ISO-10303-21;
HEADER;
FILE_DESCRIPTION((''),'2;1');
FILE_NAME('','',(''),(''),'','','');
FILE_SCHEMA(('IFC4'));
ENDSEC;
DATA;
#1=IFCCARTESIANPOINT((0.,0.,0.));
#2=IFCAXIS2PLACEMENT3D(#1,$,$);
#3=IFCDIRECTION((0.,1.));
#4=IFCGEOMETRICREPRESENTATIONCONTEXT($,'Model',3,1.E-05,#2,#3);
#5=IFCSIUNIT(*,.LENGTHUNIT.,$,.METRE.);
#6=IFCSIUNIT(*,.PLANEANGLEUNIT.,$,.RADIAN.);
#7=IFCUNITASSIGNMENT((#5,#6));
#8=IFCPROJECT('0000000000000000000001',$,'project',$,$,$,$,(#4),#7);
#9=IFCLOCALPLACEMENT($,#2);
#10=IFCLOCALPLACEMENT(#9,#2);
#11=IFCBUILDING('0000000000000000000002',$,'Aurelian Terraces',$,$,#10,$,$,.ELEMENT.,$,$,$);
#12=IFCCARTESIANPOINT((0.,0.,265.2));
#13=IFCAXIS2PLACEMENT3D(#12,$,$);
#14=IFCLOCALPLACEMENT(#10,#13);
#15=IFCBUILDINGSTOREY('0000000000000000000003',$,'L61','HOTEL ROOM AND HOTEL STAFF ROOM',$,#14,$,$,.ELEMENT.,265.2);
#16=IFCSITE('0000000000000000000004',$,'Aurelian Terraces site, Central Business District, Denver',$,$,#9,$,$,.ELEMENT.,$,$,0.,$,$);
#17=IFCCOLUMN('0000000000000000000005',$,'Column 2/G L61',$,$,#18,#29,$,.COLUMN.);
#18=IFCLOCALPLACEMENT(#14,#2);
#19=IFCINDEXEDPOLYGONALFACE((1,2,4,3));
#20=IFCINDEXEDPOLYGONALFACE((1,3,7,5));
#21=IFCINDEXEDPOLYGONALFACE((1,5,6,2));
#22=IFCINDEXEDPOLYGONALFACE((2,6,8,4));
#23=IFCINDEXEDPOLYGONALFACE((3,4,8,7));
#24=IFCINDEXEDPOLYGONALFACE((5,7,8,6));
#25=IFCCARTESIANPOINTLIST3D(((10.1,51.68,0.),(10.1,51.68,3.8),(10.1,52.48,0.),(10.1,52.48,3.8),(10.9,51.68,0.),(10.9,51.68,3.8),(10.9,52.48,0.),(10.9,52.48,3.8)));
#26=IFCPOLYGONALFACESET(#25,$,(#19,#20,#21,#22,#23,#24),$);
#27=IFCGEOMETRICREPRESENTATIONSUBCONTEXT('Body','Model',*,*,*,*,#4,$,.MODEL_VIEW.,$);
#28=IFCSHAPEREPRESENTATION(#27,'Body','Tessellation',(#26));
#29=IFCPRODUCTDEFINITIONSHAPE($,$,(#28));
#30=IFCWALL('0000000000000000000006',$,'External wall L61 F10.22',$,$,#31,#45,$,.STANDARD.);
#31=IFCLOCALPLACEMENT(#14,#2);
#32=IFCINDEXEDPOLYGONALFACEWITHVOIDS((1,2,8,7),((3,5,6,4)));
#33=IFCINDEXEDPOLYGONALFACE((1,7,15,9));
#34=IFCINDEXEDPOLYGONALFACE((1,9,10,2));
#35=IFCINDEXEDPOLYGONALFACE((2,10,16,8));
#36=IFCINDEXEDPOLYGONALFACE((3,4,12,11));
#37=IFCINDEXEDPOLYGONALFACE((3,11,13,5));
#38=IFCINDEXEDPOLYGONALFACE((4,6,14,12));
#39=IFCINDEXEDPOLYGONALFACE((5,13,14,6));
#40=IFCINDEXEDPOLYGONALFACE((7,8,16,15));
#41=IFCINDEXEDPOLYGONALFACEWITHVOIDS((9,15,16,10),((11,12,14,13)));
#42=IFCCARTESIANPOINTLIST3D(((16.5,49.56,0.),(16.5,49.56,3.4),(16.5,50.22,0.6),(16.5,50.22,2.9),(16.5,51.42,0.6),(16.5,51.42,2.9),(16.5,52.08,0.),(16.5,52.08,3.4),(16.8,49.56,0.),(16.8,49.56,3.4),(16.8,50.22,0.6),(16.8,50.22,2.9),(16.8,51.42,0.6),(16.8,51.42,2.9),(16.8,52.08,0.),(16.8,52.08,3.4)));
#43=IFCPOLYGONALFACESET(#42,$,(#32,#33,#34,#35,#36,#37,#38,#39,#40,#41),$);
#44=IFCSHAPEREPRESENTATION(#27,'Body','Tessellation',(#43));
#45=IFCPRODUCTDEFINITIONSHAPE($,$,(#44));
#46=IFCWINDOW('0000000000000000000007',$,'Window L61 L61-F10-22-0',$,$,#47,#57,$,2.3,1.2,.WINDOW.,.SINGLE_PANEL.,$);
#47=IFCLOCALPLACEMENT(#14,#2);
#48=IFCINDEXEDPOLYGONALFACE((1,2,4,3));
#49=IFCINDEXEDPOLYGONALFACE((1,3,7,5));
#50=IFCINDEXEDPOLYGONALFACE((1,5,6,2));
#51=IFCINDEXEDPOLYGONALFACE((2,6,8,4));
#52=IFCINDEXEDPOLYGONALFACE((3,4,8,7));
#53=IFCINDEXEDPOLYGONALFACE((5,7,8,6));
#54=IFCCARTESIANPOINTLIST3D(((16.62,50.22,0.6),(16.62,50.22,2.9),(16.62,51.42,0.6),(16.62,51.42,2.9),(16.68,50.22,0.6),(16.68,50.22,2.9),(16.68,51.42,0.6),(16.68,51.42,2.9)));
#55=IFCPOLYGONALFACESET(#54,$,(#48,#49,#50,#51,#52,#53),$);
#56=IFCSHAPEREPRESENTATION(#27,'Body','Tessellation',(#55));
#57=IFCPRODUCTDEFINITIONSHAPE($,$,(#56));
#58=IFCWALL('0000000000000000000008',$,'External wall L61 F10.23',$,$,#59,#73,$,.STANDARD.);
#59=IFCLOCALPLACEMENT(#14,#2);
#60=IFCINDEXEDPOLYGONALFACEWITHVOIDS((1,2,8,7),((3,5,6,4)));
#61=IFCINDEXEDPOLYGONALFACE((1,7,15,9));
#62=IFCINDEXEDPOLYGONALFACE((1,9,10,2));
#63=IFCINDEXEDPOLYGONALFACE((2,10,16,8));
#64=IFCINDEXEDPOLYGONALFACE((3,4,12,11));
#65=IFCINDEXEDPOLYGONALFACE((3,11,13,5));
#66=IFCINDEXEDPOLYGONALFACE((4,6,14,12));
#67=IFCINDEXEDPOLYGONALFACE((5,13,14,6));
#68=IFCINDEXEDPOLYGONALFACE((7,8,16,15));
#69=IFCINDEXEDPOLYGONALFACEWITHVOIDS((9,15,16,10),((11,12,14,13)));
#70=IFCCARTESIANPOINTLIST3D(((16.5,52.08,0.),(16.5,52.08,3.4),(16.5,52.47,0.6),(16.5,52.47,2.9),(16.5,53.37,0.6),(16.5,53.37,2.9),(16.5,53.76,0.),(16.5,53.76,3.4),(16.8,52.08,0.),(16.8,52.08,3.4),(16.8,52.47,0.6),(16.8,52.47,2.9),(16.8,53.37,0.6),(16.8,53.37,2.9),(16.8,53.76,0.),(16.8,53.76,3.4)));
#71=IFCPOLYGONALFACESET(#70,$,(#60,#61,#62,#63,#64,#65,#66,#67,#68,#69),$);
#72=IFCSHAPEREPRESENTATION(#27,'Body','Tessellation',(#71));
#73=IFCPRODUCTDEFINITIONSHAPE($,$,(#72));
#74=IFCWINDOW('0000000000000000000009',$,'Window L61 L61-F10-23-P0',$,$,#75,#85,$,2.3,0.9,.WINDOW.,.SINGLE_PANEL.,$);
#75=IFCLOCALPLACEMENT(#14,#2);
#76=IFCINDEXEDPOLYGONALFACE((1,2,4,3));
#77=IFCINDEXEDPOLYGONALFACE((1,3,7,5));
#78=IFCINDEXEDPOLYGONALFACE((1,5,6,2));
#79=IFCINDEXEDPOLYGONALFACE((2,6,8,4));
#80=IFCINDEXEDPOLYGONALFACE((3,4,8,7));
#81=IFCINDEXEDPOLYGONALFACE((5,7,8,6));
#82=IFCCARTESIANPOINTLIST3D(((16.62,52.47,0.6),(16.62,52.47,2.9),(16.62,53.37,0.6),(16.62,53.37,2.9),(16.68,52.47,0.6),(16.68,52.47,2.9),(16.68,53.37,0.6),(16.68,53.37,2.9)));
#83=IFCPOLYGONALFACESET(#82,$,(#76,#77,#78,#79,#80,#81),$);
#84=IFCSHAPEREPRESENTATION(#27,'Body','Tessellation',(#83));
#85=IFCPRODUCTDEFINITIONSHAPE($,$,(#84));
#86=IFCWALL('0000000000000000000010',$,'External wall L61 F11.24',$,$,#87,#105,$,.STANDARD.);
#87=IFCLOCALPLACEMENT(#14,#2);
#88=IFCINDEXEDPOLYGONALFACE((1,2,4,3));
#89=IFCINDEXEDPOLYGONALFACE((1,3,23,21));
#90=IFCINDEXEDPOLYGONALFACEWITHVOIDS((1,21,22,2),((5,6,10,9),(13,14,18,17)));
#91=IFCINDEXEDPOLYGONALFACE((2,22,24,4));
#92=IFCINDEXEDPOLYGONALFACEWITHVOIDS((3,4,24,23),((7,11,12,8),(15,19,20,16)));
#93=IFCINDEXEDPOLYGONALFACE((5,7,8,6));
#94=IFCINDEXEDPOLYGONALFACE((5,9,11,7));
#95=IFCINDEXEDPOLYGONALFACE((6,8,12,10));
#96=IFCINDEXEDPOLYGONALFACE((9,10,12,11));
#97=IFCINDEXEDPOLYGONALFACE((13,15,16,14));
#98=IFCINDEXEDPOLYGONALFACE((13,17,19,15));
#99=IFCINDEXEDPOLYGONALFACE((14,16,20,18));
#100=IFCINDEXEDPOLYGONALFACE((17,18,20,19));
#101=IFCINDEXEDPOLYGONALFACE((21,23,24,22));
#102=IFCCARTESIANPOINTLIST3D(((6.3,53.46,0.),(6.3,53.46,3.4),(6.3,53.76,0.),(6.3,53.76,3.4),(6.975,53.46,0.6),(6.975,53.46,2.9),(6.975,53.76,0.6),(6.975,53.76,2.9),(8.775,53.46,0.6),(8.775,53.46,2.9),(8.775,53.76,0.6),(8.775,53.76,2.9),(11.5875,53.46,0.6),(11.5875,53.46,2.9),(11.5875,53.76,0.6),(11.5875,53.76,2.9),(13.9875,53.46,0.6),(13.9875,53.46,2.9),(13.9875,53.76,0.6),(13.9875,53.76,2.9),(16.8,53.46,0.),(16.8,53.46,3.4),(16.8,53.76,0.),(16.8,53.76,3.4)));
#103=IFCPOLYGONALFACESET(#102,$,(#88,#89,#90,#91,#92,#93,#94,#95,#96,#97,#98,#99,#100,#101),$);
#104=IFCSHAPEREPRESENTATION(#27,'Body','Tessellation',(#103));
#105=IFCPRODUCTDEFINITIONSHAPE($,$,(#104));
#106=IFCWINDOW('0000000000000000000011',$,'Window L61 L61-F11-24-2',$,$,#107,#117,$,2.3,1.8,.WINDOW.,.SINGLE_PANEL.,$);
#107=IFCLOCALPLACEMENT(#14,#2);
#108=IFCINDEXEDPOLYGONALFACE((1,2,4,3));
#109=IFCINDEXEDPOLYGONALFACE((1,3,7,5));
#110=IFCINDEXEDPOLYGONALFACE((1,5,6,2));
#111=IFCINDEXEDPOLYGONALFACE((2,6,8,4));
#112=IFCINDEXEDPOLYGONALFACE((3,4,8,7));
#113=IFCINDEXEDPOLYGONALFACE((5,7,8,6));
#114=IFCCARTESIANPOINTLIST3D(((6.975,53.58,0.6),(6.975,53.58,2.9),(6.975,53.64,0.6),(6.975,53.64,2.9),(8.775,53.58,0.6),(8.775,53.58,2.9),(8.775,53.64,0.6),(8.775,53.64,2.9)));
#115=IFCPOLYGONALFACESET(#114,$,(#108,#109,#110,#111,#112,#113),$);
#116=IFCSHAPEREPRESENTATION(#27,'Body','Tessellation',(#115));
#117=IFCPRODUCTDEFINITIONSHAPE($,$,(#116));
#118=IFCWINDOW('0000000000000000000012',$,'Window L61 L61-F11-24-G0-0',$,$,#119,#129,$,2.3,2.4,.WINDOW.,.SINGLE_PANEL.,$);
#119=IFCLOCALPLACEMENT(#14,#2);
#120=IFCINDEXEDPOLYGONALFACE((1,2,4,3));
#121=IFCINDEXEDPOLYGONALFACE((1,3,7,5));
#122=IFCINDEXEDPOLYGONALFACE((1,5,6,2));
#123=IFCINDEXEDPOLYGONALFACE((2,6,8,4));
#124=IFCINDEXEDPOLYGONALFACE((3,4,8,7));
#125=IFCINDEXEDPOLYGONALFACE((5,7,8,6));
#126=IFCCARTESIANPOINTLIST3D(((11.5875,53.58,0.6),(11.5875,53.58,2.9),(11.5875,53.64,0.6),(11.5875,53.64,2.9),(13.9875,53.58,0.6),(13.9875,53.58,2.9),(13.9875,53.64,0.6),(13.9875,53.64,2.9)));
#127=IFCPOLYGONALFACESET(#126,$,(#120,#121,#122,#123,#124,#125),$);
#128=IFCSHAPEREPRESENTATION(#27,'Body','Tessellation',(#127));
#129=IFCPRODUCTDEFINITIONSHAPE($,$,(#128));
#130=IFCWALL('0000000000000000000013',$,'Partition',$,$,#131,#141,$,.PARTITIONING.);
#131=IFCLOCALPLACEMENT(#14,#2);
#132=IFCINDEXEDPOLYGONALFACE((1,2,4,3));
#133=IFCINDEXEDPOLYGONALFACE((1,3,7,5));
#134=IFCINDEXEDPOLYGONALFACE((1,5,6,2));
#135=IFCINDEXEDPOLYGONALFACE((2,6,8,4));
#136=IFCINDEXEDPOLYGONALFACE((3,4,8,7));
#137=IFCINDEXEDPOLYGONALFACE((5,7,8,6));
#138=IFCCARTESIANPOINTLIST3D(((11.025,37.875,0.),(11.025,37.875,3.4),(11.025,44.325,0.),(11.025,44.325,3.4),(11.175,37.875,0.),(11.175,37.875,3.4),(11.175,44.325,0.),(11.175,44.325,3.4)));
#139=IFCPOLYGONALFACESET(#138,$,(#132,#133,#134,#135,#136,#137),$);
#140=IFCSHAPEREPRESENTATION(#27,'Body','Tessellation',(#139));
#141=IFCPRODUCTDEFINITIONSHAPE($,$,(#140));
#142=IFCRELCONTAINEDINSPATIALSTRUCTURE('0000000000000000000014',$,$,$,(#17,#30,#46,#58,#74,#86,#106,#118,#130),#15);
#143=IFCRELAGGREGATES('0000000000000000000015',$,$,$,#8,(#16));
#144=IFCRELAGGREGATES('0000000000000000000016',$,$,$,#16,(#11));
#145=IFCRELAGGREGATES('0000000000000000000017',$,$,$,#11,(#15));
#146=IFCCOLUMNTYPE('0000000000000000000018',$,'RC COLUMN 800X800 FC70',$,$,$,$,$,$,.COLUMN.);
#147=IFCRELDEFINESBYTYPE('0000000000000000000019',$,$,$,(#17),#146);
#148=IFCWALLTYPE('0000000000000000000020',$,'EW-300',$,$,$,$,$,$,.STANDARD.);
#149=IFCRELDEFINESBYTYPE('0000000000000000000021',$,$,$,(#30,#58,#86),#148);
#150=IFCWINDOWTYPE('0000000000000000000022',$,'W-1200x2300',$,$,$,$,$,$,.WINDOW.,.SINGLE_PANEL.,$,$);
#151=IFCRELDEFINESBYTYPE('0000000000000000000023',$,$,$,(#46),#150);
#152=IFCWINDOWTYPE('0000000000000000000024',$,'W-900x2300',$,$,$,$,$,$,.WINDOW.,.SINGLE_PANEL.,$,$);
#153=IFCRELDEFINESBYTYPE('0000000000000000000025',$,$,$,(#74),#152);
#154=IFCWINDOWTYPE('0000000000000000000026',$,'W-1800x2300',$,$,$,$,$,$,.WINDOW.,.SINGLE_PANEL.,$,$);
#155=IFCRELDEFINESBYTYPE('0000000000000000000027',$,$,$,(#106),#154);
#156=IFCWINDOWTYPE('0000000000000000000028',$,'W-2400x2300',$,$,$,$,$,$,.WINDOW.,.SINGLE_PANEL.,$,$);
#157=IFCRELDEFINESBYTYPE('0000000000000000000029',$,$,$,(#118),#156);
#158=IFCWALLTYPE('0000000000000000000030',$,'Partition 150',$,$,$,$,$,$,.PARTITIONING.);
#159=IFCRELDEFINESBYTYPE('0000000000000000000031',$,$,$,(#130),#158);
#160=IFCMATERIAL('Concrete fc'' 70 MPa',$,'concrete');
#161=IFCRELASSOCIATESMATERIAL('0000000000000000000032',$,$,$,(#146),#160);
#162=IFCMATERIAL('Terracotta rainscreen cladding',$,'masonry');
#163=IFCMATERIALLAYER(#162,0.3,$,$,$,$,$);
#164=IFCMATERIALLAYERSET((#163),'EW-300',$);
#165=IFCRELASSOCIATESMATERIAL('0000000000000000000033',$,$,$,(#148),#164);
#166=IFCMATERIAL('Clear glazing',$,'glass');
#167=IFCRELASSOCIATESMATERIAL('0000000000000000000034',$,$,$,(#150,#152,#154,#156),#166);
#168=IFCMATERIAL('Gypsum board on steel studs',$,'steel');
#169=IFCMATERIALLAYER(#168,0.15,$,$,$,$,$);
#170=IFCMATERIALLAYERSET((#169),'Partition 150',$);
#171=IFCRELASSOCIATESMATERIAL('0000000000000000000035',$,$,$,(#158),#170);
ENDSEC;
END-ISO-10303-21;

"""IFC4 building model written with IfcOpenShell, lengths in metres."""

from ifc_helpers import new_model, si_unit, direction, frame, frame_2d, origin, origin_2d, place, context, subcontext, project, spatial, rectangle, extrude, source, transform, mapped, material, layer, layer_set, material_profile, profile_set, type_object, element, fill, save


model = new_model("IFC4")

# Units and contexts
model_context = context("Model", 3, precision=1e-05, world=origin(), true_north=direction((0.0, 1.0)))
body_context = subcontext(model_context, "Body", "Model", "MODEL_VIEW")
ifc_project = project(units=[si_unit("LENGTHUNIT", "METRE"), si_unit("PLANEANGLEUNIT", "RADIAN")], contexts=[model_context])

# Site, building, storey
site_placement = place(None, origin())
site = spatial("IfcSite", under=ifc_project, at=site_placement, Name="Aurelian Terraces site, Central Business District, Denver", CompositionType="ELEMENT", RefElevation=0.0)
building_placement = place(site_placement, origin())
building = spatial("IfcBuilding", under=site, at=building_placement, Name="Aurelian Terraces", CompositionType="ELEMENT")
storey_placement = place(building_placement, frame((0.0, 0.0, 265.2)))
storey = spatial("IfcBuildingStorey", under=building, at=storey_placement, Name="L61", Description="HOTEL ROOM AND HOTEL STAFF ROOM", CompositionType="ELEMENT", Elevation=265.2)

# Column
ifc_material_1 = material(Name="Concrete fc' 70 MPa", Category="concrete")
ifc_material_profile = material_profile(ifc_material_1, rectangle(XDim=0.8, YDim=0.8, at=origin_2d()))
ifc_profile_set = profile_set([ifc_material_profile], Name="Concrete fc' 70 MPa")
column_type = type_object("IfcColumnType", Name="RC COLUMN 800X800 FC70", PredefinedType="COLUMN", material=ifc_profile_set)
shared_shape_1 = source(origin(), body_context, "Body", "SweptSolid", [
    extrude(rectangle(XDim=0.8, YDim=0.8, at=origin_2d()), origin(), (0.0, 0.0, 1.0), 3.8),
])
column_placement = place(storey_placement, frame((10.5, 52.08, 0.0), z_axis=(0.0, 0.0, 1.0), x_axis=(1.0, 0.0, 0.0)))
element("IfcColumn", 1, at=column_placement, inside=storey, type_object=column_type, Name="Column 2/G L61", PredefinedType="COLUMN", context=body_context, shape_type="MappedRepresentation", body=[
    mapped(shared_shape_1, transform((0.0, 0.0, 0.0), scale=1.0)),
])

# Walls, openings, windows
ifc_material_2 = material(Name="Terracotta rainscreen cladding", Category="masonry")
ifc_layer_1 = layer(ifc_material_2, 0.3)
ifc_layer_set_1 = layer_set([ifc_layer_1], Name="EW-300")
wall_type_1 = type_object("IfcWallType", Name="EW-300", PredefinedType="STANDARD", material=ifc_layer_set_1)
shared_shape_2 = source(origin(), body_context, "Body", "SweptSolid", [
    extrude(rectangle(XDim=2.52, YDim=0.3, at=frame_2d((1.26, 0.0))), origin(), (0.0, 0.0, 1.0), 3.4),
])
wall_1_placement = place(storey_placement, frame((16.65, 49.56, 0.0), z_axis=(0.0, 0.0, 1.0), x_axis=(0.0, 1.0, 0.0)))
wall_1 = element("IfcWall", 2, at=wall_1_placement, inside=storey, type_object=wall_type_1, Name="External wall L61 F10.22", PredefinedType="STANDARD", context=body_context, shape_type="MappedRepresentation", body=[
    mapped(shared_shape_2, transform((0.0, 0.0, 0.0), scale=1.0)),
])
shared_shape_3 = source(origin(), body_context, "Body", "SweptSolid", [
    extrude(rectangle(XDim=1.2, YDim=2.3, at=frame_2d((0.6, 1.15))), frame((0.0, 0.16, 0.0), z_axis=(0.0, -1.0, 0.0), x_axis=(1.0, 0.0, 0.0)), (0.0, 0.0, 1.0), 0.32),
])
opening_1_placement = place(wall_1_placement, frame((0.66, 0.0, 0.6)))
opening_1 = element("IfcOpeningElement", 3, at=opening_1_placement, cuts=wall_1, PredefinedType="OPENING", context=body_context, shape_type="MappedRepresentation", body=[
    mapped(shared_shape_3, transform((0.0, 0.0, 0.0), scale=1.0)),
])
ifc_material_3 = material(Name="Clear glazing", Category="glass")
window_type_1 = type_object("IfcWindowType", Name="W-1200x2300", PartitioningType="SINGLE_PANEL", PredefinedType="WINDOW", material=ifc_material_3)
shared_shape_4 = source(origin(), body_context, "Body", "SweptSolid", [
    extrude(rectangle(XDim=1.2, YDim=2.3, at=frame_2d((0.6, 1.15))), frame((0.0, 0.03, 0.0), z_axis=(0.0, -1.0, 0.0), x_axis=(1.0, 0.0, 0.0)), (0.0, 0.0, 1.0), 0.06),
])
window_1_placement = place(opening_1_placement, origin())
window_1 = element("IfcWindow", 4, at=window_1_placement, inside=storey, type_object=window_type_1, Name="Window L61 L61-F10-22-0", OverallHeight=2.3, OverallWidth=1.2, PartitioningType="SINGLE_PANEL", PredefinedType="WINDOW", context=body_context, shape_type="MappedRepresentation", body=[
    mapped(shared_shape_4, transform((0.0, 0.0, 0.0), scale=1.0)),
])
fill(opening_1, window_1)
shared_shape_5 = source(origin(), body_context, "Body", "SweptSolid", [
    extrude(rectangle(XDim=1.68, YDim=0.3, at=frame_2d((0.84, 0.0))), origin(), (0.0, 0.0, 1.0), 3.4),
])
wall_2_placement = place(storey_placement, frame((16.65, 52.08, 0.0), z_axis=(0.0, 0.0, 1.0), x_axis=(0.0, 1.0, 0.0)))
wall_2 = element("IfcWall", 5, at=wall_2_placement, inside=storey, type_object=wall_type_1, Name="External wall L61 F10.23", PredefinedType="STANDARD", context=body_context, shape_type="MappedRepresentation", body=[
    mapped(shared_shape_5, transform((0.0, 0.0, 0.0), scale=1.0)),
])
shared_shape_6 = source(origin(), body_context, "Body", "SweptSolid", [
    extrude(rectangle(XDim=0.9, YDim=2.3, at=frame_2d((0.45, 1.15))), frame((0.0, 0.16, 0.0), z_axis=(0.0, -1.0, 0.0), x_axis=(1.0, 0.0, 0.0)), (0.0, 0.0, 1.0), 0.32),
])
opening_2_placement = place(wall_2_placement, frame((0.39, 0.0, 0.6)))
opening_2 = element("IfcOpeningElement", 6, at=opening_2_placement, cuts=wall_2, PredefinedType="OPENING", context=body_context, shape_type="MappedRepresentation", body=[
    mapped(shared_shape_6, transform((0.0, 0.0, 0.0), scale=1.0)),
])
window_type_2 = type_object("IfcWindowType", Name="W-900x2300", PartitioningType="SINGLE_PANEL", PredefinedType="WINDOW", material=ifc_material_3)
shared_shape_7 = source(origin(), body_context, "Body", "SweptSolid", [
    extrude(rectangle(XDim=0.9, YDim=2.3, at=frame_2d((0.45, 1.15))), frame((0.0, 0.03, 0.0), z_axis=(0.0, -1.0, 0.0), x_axis=(1.0, 0.0, 0.0)), (0.0, 0.0, 1.0), 0.06),
])
window_2_placement = place(opening_2_placement, origin())
window_2 = element("IfcWindow", 7, at=window_2_placement, inside=storey, type_object=window_type_2, Name="Window L61 L61-F10-23-P0", OverallHeight=2.3, OverallWidth=0.9, PartitioningType="SINGLE_PANEL", PredefinedType="WINDOW", context=body_context, shape_type="MappedRepresentation", body=[
    mapped(shared_shape_7, transform((0.0, 0.0, 0.0), scale=1.0)),
])
fill(opening_2, window_2)

# Wall, openings, windows
shared_shape_8 = source(origin(), body_context, "Body", "SweptSolid", [
    extrude(rectangle(XDim=10.5, YDim=0.3, at=frame_2d((5.25, 0.0))), origin(), (0.0, 0.0, 1.0), 3.4),
])
wall_3_placement = place(storey_placement, frame((16.8, 53.61, 0.0), z_axis=(0.0, 0.0, 1.0), x_axis=(-1.0, 0.0, 0.0)))
wall_3 = element("IfcWall", 8, at=wall_3_placement, inside=storey, type_object=wall_type_1, Name="External wall L61 F11.24", PredefinedType="STANDARD", context=body_context, shape_type="MappedRepresentation", body=[
    mapped(shared_shape_8, transform((0.0, 0.0, 0.0), scale=1.0)),
])
shared_shape_9 = source(origin(), body_context, "Body", "SweptSolid", [
    extrude(rectangle(XDim=1.8, YDim=2.3, at=frame_2d((0.9, 1.15))), frame((0.0, 0.16, 0.0), z_axis=(0.0, -1.0, 0.0), x_axis=(1.0, 0.0, 0.0)), (0.0, 0.0, 1.0), 0.32),
])
opening_3_placement = place(wall_3_placement, frame((8.025, 0.0, 0.6)))
opening_3 = element("IfcOpeningElement", 9, at=opening_3_placement, cuts=wall_3, PredefinedType="OPENING", context=body_context, shape_type="MappedRepresentation", body=[
    mapped(shared_shape_9, transform((0.0, 0.0, 0.0), scale=1.0)),
])
shared_shape_10 = source(origin(), body_context, "Body", "SweptSolid", [
    extrude(rectangle(XDim=2.4, YDim=2.3, at=frame_2d((1.2, 1.15))), frame((0.0, 0.16, 0.0), z_axis=(0.0, -1.0, 0.0), x_axis=(1.0, 0.0, 0.0)), (0.0, 0.0, 1.0), 0.32),
])
opening_4_placement = place(wall_3_placement, frame((2.8125, 0.0, 0.6)))
opening_4 = element("IfcOpeningElement", 10, at=opening_4_placement, cuts=wall_3, PredefinedType="OPENING", context=body_context, shape_type="MappedRepresentation", body=[
    mapped(shared_shape_10, transform((0.0, 0.0, 0.0), scale=1.0)),
])
window_type_3 = type_object("IfcWindowType", Name="W-1800x2300", PartitioningType="SINGLE_PANEL", PredefinedType="WINDOW", material=ifc_material_3)
shared_shape_11 = source(origin(), body_context, "Body", "SweptSolid", [
    extrude(rectangle(XDim=1.8, YDim=2.3, at=frame_2d((0.9, 1.15))), frame((0.0, 0.03, 0.0), z_axis=(0.0, -1.0, 0.0), x_axis=(1.0, 0.0, 0.0)), (0.0, 0.0, 1.0), 0.06),
])
window_3_placement = place(opening_3_placement, origin())
window_3 = element("IfcWindow", 11, at=window_3_placement, inside=storey, type_object=window_type_3, Name="Window L61 L61-F11-24-2", OverallHeight=2.3, OverallWidth=1.8, PartitioningType="SINGLE_PANEL", PredefinedType="WINDOW", context=body_context, shape_type="MappedRepresentation", body=[
    mapped(shared_shape_11, transform((0.0, 0.0, 0.0), scale=1.0)),
])
fill(opening_3, window_3)
window_type_4 = type_object("IfcWindowType", Name="W-2400x2300", PartitioningType="SINGLE_PANEL", PredefinedType="WINDOW", material=ifc_material_3)
shared_shape_12 = source(origin(), body_context, "Body", "SweptSolid", [
    extrude(rectangle(XDim=2.4, YDim=2.3, at=frame_2d((1.2, 1.15))), frame((0.0, 0.03, 0.0), z_axis=(0.0, -1.0, 0.0), x_axis=(1.0, 0.0, 0.0)), (0.0, 0.0, 1.0), 0.06),
])
window_4_placement = place(opening_4_placement, origin())
window_4 = element("IfcWindow", 12, at=window_4_placement, inside=storey, type_object=window_type_4, Name="Window L61 L61-F11-24-G0-0", OverallHeight=2.3, OverallWidth=2.4, PartitioningType="SINGLE_PANEL", PredefinedType="WINDOW", context=body_context, shape_type="MappedRepresentation", body=[
    mapped(shared_shape_12, transform((0.0, 0.0, 0.0), scale=1.0)),
])
fill(opening_4, window_4)

# Wall
ifc_material_4 = material(Name="Gypsum board on steel studs", Category="steel")
ifc_layer_2 = layer(ifc_material_4, 0.15)
ifc_layer_set_2 = layer_set([ifc_layer_2], Name="Partition 150")
wall_type_2 = type_object("IfcWallType", Name="Partition 150", PredefinedType="PARTITIONING", material=ifc_layer_set_2)
shared_shape_13 = source(origin(), body_context, "Body", "SweptSolid", [
    extrude(rectangle(XDim=6.45, YDim=0.15, at=frame_2d((3.225, 0.0))), origin(), (0.0, 0.0, 1.0), 3.4),
])
wall_4_placement = place(storey_placement, frame((11.1, 44.325, 0.0), z_axis=(0.0, 0.0, 1.0), x_axis=(0.0, -1.0, 0.0)))
element("IfcWall", 13, at=wall_4_placement, inside=storey, type_object=wall_type_2, Name="Partition", PredefinedType="PARTITIONING", context=body_context, shape_type="MappedRepresentation", body=[
    mapped(shared_shape_13, transform((0.0, 0.0, 0.0), scale=1.0)),
])

save(model, "model.ifc")
